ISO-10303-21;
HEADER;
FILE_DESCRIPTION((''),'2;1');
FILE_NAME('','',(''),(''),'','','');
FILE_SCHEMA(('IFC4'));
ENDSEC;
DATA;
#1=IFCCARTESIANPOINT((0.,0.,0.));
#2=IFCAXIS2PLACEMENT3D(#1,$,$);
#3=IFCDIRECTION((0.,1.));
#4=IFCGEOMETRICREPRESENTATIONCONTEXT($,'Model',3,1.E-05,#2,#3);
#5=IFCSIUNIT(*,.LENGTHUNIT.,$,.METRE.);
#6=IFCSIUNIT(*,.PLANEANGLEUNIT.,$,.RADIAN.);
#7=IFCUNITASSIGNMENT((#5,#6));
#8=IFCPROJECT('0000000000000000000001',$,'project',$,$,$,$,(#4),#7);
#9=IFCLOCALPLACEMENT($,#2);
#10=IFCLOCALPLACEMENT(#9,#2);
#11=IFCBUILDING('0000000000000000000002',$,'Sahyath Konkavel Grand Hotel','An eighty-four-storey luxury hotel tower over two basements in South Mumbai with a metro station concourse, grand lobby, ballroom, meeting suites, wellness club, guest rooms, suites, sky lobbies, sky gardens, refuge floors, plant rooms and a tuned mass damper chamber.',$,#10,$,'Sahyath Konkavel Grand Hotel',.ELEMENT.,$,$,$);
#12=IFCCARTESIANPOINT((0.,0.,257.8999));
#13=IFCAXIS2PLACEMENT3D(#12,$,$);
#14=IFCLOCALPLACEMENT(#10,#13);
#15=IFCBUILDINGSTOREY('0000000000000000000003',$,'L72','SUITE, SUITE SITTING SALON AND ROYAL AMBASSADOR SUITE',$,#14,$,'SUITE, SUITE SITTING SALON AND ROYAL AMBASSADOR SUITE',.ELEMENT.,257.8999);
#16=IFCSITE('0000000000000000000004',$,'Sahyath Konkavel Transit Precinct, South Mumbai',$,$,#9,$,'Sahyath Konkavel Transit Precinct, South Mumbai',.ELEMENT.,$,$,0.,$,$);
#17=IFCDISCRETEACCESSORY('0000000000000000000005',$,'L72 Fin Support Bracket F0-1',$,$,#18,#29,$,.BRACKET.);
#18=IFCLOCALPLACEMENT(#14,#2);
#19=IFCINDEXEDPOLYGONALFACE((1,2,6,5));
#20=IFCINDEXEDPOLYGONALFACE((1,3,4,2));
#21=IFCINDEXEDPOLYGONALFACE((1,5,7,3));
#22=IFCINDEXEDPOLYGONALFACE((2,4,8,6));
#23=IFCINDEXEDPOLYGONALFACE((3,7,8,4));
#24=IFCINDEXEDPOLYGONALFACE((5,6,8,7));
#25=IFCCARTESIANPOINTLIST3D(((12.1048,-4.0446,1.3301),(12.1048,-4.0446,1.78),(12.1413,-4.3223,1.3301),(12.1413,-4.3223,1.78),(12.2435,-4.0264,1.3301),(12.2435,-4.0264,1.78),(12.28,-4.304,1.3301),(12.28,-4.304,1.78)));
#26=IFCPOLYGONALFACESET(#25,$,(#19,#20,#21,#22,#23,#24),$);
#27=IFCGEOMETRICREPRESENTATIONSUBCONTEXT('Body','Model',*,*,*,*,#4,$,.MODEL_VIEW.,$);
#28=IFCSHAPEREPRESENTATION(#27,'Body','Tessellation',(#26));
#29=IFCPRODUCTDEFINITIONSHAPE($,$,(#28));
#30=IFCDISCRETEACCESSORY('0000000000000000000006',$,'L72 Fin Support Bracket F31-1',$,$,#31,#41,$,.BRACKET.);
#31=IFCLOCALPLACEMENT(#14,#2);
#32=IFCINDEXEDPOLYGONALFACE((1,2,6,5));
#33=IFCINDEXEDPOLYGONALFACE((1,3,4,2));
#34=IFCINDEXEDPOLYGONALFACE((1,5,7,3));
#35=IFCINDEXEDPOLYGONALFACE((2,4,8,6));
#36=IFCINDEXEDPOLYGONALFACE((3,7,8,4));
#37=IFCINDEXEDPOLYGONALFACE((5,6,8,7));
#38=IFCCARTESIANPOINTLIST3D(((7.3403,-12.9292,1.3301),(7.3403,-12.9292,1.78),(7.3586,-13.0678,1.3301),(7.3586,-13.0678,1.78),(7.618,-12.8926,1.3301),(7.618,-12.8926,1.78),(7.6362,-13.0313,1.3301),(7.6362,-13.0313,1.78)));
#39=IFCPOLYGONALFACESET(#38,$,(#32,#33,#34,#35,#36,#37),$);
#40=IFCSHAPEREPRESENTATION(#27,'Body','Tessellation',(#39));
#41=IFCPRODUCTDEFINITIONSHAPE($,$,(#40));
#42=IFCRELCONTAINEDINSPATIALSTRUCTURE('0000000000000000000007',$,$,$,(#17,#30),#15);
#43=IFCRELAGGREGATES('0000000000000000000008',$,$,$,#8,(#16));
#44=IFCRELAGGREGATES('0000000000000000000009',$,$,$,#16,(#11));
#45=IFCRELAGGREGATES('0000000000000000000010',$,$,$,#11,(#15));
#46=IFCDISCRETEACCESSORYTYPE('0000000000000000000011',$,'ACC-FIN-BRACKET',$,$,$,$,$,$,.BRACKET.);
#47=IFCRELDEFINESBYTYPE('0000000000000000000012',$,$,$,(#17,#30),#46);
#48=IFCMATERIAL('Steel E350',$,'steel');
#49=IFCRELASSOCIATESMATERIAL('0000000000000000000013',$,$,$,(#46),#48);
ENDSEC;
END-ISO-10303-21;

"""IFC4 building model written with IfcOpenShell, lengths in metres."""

from ifc_helpers import new_model, si_unit, direction, frame, origin, origin_2d, place, context, subcontext, project, spatial, rectangle, extrude, source, transform, mapped, material, type_object, element, save


model = new_model("IFC4")

# Units and contexts
model_context = context("Model", 3, precision=1e-05, world=origin(), true_north=direction((0.0, 1.0)))
body_context = subcontext(model_context, "Body", "Model", "MODEL_VIEW")
ifc_project = project(units=[si_unit("LENGTHUNIT", "METRE"), si_unit("PLANEANGLEUNIT", "RADIAN")], contexts=[model_context])

# Site, building, storey
site_placement = place(None, origin())
site = spatial("IfcSite", under=ifc_project, at=site_placement, Name="Sahyath Konkavel Transit Precinct, South Mumbai", LongName="Sahyath Konkavel Transit Precinct, South Mumbai", CompositionType="ELEMENT", RefElevation=0.0)
building_placement = place(site_placement, origin())
building = spatial("IfcBuilding", under=site, at=building_placement, Name="Sahyath Konkavel Grand Hotel", Description="An eighty-four-storey luxury hotel tower over two basements in South Mumbai with a metro station concourse, grand lobby, ballroom, meeting suites, wellness club, guest rooms, suites, sky lobbies, sky gardens, refuge floors, plant rooms and a tuned mass damper chamber.", LongName="Sahyath Konkavel Grand Hotel", CompositionType="ELEMENT")
storey_placement = place(building_placement, frame((0.0, 0.0, 257.8999)))
storey = spatial("IfcBuildingStorey", under=building, at=storey_placement, Name="L72", Description="SUITE, SUITE SITTING SALON AND ROYAL AMBASSADOR SUITE", LongName="SUITE, SUITE SITTING SALON AND ROYAL AMBASSADOR SUITE", CompositionType="ELEMENT", Elevation=257.8999)

# Discrete accessories
ifc_material_1 = material(Name="Steel E350", Category="steel")
discrete_accessory_type = type_object("IfcDiscreteAccessoryType", Name="ACC-FIN-BRACKET", PredefinedType="BRACKET", material=ifc_material_1)
shared_shape_1 = source(origin(), body_context, "Body", "SweptSolid", [
    extrude(rectangle(XDim=0.28, YDim=0.1399, at=origin_2d()), origin(), (0.0, 0.0, 1.0), 0.45),
])
for number, where, z_axis, x_axis, name in (
    (1, (12.1924, -4.1743, 1.3301), (0.0, 0.0, 1.0), (0.130526, -0.991445, 0.0), "L72 Fin Support Bracket F0-1"),
    (2, (7.4883, -12.9802, 1.3301), (0.0, 0.0, 1.0), (0.991445, 0.130526, 0.0), "L72 Fin Support Bracket F31-1"),
):
    element("IfcDiscreteAccessory", number, at=place(storey_placement, frame(where, z_axis=z_axis, x_axis=x_axis)), inside=storey, type_object=discrete_accessory_type, Name=name, PredefinedType="BRACKET", context=body_context, shape_type="MappedRepresentation", body=[
        mapped(shared_shape_1, transform((0.0, 0.0, 0.0), scale=1.0)),
    ])

save(model, "model.ifc")
